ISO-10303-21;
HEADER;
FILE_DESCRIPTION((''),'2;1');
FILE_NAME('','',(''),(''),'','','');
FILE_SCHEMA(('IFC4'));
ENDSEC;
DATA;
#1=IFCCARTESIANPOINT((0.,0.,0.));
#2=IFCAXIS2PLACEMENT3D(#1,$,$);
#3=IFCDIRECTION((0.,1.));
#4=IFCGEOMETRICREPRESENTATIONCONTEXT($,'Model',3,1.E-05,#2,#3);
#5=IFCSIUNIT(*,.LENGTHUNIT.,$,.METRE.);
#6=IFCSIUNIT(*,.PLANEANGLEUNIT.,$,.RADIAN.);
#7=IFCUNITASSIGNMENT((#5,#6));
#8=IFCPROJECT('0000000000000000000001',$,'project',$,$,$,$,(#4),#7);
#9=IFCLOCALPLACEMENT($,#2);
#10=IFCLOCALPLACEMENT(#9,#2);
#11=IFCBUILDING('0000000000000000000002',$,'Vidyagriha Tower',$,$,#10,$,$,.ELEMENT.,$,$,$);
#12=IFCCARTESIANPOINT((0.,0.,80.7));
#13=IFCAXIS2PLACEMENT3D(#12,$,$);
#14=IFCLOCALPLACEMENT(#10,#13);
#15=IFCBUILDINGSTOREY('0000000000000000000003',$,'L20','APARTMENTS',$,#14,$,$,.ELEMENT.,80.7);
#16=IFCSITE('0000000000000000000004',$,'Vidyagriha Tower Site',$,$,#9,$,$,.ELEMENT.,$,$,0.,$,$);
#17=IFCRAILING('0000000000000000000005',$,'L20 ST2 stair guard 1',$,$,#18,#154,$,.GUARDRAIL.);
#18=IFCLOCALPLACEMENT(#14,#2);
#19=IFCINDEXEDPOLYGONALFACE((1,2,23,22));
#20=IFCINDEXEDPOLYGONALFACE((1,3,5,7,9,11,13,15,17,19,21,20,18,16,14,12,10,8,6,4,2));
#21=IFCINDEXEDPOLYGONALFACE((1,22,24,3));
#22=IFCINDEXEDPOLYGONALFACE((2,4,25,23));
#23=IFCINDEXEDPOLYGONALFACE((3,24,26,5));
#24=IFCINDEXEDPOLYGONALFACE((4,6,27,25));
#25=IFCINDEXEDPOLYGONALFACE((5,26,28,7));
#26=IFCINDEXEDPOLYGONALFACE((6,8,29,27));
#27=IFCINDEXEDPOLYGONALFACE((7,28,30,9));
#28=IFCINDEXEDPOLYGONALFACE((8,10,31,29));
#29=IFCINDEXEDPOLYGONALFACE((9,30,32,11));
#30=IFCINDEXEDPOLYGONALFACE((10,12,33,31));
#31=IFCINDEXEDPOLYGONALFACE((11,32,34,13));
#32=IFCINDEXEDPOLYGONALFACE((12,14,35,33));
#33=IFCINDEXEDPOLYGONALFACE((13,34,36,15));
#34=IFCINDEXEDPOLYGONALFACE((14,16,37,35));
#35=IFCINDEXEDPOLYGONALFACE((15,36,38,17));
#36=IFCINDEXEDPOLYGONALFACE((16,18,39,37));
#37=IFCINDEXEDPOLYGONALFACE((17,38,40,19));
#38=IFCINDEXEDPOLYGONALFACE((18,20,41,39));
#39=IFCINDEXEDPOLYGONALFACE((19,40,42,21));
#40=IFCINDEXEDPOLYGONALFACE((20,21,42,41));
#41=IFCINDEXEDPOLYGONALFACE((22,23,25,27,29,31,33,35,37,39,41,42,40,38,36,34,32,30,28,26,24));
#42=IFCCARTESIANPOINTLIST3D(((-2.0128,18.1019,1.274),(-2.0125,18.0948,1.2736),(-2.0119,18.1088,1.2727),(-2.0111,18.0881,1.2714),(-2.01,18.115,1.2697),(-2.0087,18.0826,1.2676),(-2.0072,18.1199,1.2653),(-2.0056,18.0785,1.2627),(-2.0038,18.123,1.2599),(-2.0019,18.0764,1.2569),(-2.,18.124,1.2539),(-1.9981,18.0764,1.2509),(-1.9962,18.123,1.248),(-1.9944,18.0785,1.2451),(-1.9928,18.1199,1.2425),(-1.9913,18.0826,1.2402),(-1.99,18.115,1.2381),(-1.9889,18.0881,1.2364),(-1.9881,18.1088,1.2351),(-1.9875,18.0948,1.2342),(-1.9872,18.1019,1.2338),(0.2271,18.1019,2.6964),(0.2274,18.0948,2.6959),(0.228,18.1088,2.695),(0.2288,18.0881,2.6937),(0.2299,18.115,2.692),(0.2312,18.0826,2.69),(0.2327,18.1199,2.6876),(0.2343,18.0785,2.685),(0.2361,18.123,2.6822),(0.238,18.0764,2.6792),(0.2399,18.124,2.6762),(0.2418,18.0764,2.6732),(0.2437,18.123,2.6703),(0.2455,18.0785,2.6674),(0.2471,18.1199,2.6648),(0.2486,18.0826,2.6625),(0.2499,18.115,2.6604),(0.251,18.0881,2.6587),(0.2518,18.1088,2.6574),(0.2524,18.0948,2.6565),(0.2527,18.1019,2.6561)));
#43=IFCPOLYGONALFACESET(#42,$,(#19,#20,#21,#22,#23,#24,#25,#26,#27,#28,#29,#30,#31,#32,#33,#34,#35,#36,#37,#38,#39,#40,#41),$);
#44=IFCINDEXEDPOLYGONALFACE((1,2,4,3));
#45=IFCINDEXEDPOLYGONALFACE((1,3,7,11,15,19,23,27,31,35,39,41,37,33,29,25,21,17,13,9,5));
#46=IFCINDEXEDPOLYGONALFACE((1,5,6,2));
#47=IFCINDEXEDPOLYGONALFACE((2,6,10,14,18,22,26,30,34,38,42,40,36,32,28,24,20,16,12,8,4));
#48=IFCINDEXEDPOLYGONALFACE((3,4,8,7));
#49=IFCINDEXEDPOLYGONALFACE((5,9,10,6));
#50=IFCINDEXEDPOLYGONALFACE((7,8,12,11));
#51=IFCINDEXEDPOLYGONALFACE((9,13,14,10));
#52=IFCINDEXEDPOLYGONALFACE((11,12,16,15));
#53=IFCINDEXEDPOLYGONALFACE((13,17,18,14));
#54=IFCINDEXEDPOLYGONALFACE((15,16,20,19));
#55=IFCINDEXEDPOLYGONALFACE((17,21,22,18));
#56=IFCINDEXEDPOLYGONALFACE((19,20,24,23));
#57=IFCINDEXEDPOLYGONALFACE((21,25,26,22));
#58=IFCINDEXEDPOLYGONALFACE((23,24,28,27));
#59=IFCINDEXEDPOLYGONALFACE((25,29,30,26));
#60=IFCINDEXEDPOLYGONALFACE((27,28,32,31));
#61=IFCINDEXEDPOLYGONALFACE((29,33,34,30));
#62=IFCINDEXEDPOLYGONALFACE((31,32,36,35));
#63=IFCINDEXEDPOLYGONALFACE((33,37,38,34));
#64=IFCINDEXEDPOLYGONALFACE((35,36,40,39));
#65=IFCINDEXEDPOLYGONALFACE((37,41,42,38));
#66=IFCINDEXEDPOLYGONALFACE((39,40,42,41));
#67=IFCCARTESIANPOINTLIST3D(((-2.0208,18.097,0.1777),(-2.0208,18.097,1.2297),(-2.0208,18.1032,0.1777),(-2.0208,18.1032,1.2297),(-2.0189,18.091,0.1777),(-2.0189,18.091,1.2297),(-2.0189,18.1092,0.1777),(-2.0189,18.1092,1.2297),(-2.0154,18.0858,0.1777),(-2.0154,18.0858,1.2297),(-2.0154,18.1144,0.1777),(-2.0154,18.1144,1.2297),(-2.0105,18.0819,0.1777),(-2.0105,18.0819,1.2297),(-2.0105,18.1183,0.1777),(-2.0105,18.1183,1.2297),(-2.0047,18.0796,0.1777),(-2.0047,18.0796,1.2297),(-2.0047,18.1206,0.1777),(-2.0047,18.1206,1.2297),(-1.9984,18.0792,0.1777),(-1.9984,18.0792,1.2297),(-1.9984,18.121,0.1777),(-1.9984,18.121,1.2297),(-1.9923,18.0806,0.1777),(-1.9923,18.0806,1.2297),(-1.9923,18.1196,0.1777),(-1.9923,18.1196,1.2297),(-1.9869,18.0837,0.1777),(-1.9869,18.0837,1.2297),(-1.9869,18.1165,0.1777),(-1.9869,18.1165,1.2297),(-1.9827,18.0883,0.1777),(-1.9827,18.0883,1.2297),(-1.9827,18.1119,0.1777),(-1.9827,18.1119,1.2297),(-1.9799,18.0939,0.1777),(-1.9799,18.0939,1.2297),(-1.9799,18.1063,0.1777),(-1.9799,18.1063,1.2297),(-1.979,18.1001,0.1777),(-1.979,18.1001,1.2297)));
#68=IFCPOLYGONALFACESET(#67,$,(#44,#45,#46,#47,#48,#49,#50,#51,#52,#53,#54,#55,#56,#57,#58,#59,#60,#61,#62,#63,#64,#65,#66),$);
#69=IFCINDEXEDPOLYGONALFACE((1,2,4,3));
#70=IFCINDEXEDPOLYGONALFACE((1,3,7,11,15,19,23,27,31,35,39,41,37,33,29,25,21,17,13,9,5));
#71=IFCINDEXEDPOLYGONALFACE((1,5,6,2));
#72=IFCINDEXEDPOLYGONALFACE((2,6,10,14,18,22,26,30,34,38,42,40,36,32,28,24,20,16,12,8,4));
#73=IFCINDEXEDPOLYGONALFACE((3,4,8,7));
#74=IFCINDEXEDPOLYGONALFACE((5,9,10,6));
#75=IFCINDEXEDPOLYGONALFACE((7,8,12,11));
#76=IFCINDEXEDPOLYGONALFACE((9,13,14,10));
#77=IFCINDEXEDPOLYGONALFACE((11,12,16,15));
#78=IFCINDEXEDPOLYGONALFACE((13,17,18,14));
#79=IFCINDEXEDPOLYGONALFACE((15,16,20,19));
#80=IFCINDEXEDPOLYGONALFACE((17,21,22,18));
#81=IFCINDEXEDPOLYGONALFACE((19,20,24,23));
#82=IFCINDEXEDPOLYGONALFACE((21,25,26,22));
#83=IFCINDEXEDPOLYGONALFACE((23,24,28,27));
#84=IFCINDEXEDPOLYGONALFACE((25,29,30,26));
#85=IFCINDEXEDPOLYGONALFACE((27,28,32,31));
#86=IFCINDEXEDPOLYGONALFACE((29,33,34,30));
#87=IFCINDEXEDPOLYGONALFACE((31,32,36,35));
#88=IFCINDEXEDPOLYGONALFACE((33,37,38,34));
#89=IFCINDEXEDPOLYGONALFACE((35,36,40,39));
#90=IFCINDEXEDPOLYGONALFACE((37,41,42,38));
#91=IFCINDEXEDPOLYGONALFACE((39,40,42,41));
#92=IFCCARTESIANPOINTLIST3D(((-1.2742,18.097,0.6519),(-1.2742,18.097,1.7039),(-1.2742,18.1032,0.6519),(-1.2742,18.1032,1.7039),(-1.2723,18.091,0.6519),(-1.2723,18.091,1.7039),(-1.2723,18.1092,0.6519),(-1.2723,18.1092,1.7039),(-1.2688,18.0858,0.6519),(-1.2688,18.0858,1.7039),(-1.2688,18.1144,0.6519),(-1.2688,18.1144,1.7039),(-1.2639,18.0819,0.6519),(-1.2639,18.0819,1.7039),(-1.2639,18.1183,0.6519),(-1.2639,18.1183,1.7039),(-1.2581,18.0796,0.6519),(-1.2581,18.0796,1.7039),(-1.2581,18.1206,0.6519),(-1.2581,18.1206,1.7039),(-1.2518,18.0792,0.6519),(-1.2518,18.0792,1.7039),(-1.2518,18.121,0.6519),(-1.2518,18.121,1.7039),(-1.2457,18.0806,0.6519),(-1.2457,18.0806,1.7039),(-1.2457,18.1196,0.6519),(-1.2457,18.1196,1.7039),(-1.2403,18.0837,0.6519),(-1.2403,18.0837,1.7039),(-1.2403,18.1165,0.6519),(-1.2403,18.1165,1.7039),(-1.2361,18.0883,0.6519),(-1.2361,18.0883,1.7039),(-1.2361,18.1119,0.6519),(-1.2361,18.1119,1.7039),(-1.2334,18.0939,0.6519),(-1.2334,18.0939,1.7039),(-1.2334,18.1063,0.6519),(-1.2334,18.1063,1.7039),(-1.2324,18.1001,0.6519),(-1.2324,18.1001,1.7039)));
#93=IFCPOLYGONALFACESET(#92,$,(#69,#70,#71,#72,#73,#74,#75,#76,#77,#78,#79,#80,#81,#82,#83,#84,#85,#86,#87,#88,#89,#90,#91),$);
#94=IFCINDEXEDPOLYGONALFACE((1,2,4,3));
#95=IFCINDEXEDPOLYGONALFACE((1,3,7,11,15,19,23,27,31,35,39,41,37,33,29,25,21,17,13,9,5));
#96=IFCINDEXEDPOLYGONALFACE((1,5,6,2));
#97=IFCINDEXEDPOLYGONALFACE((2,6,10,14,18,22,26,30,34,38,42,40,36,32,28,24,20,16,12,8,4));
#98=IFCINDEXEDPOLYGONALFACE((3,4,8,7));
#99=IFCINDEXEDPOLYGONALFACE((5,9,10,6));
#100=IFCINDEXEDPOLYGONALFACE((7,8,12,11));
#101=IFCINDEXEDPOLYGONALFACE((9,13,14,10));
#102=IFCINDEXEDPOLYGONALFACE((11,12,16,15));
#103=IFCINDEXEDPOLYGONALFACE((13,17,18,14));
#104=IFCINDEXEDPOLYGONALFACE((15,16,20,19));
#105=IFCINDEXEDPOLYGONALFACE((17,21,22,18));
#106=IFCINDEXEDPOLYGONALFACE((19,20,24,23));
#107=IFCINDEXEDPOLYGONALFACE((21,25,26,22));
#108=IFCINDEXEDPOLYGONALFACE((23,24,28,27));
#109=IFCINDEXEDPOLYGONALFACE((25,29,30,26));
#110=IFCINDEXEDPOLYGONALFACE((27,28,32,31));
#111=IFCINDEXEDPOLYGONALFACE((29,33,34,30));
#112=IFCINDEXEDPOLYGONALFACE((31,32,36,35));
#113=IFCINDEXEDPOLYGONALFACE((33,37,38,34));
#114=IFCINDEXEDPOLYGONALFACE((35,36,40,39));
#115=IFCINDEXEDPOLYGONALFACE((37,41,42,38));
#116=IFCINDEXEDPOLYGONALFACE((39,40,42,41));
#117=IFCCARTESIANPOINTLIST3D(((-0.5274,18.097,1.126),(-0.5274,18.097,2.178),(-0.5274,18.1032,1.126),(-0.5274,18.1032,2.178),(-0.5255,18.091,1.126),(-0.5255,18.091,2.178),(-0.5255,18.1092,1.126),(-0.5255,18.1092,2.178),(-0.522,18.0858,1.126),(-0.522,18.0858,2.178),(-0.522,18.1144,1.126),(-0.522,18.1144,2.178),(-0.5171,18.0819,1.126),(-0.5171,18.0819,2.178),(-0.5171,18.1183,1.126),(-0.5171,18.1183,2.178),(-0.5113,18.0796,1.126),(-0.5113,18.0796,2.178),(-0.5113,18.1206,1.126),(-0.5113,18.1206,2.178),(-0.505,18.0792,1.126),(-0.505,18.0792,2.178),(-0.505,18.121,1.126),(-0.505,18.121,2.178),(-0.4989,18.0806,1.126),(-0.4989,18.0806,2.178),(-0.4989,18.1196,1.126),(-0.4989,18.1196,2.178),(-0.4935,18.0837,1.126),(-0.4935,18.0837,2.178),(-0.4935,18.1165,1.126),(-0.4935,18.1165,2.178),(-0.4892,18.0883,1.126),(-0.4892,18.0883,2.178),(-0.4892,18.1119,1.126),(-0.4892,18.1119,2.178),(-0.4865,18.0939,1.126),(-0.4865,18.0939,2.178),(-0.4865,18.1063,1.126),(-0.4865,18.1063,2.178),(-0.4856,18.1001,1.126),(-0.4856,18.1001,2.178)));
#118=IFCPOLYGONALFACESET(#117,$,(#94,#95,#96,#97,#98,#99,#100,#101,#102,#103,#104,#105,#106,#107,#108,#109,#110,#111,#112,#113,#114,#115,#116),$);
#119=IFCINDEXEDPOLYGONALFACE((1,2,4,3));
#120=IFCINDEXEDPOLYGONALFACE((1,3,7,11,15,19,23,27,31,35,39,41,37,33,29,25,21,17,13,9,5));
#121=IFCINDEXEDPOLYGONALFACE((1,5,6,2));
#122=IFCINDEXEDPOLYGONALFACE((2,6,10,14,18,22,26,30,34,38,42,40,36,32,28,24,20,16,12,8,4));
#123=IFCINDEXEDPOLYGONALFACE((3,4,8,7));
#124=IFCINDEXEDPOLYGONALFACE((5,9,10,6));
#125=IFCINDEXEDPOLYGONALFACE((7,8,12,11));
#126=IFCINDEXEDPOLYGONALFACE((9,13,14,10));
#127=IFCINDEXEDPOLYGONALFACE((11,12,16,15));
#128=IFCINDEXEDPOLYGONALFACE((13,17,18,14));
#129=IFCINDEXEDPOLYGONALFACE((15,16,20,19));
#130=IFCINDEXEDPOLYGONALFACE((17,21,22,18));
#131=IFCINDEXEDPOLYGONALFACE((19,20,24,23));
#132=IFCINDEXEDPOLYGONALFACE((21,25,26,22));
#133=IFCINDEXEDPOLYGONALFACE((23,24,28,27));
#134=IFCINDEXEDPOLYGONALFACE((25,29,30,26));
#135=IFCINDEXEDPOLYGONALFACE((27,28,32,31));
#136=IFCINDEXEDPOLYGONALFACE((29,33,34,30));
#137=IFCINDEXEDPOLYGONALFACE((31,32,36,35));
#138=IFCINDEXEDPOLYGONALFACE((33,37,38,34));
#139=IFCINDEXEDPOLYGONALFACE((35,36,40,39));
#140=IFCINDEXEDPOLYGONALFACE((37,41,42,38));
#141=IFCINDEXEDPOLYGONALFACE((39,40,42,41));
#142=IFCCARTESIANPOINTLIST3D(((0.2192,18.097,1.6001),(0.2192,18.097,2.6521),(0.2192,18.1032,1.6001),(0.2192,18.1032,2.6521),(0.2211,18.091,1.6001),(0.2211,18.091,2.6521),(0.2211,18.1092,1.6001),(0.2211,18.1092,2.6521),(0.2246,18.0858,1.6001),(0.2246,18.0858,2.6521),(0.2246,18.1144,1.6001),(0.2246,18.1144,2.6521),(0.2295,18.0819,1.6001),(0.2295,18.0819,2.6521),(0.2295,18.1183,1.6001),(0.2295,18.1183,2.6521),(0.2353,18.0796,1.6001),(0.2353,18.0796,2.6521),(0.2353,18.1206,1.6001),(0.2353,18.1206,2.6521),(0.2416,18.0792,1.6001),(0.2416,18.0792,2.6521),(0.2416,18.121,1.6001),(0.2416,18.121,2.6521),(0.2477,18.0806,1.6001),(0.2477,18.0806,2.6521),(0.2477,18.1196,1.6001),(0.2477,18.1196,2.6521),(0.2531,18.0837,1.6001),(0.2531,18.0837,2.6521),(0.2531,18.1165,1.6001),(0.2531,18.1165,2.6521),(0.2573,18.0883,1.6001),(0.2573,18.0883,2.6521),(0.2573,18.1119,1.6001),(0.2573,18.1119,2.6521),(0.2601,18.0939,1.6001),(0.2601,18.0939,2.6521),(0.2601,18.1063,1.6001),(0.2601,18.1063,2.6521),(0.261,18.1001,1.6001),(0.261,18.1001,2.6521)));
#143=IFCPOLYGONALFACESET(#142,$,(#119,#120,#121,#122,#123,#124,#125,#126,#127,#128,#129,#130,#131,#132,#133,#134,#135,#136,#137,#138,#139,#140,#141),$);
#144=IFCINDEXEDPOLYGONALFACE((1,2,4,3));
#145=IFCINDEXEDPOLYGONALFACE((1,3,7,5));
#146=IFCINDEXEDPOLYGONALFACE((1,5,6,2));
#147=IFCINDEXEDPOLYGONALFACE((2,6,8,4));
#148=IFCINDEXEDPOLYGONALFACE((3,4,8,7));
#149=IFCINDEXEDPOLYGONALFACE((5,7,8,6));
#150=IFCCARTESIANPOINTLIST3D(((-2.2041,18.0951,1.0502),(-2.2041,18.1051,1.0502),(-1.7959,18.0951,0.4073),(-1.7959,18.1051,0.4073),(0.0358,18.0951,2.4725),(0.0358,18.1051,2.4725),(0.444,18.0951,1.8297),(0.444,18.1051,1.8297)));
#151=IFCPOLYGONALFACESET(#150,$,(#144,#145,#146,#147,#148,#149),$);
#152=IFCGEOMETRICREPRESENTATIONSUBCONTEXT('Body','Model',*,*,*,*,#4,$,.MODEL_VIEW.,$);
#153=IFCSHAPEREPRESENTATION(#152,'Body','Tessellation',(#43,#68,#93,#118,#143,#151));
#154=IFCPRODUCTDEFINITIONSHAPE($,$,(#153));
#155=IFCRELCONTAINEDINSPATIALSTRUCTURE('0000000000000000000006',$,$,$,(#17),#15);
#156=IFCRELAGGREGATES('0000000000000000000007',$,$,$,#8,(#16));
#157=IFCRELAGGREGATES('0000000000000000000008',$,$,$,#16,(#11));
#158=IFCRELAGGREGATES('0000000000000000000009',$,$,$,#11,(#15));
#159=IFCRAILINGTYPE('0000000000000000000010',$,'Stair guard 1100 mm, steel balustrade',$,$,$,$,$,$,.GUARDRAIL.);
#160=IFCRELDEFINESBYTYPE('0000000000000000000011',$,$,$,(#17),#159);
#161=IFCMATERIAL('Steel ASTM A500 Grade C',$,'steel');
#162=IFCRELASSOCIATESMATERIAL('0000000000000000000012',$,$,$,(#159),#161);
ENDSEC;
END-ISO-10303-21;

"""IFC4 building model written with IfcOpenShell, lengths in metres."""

from ifc_helpers import new_model, si_unit, direction, frame, origin, origin_2d, place, context, subcontext, project, spatial, rectangle, circle, extrude, material, type_object, element, save


model = new_model("IFC4")

# Units and contexts
model_context = context("Model", 3, precision=1e-05, world=origin(), true_north=direction((0.0, 1.0)))
body_context = subcontext(model_context, "Body", "Model", "MODEL_VIEW")
ifc_project = project(units=[si_unit("LENGTHUNIT", "METRE"), si_unit("PLANEANGLEUNIT", "RADIAN")], contexts=[model_context])

# Site, building, storey
site_placement = place(None, origin())
site = spatial("IfcSite", under=ifc_project, at=site_placement, Name="Vidyagriha Tower Site", CompositionType="ELEMENT", RefElevation=0.0)
building_placement = place(site_placement, origin())
building = spatial("IfcBuilding", under=site, at=building_placement, Name="Vidyagriha Tower", CompositionType="ELEMENT")
storey_placement = place(building_placement, frame((0.0, 0.0, 80.7)))
storey = spatial("IfcBuildingStorey", under=building, at=storey_placement, Name="L20", Description="APARTMENTS", CompositionType="ELEMENT", Elevation=80.7)

# Railing
ifc_material_1 = material(Name="Steel ASTM A500 Grade C", Category="steel")
railing_type_1 = type_object("IfcRailingType", Name="Stair guard 1100 mm, steel balustrade", PredefinedType="GUARDRAIL", material=ifc_material_1)
railing_1_placement = place(storey_placement, frame((-2.0, 18.1001, 0.1777)))
element("IfcRailing", 1, at=railing_1_placement, inside=storey, type_object=railing_type_1, Name="L20 ST2 stair guard 1", PredefinedType="GUARDRAIL", context=body_context, shape_type="SweptSolid", body=[
    extrude(circle(Radius=0.0239, at=origin_2d()), frame((0.0, 0.0, 1.0762), z_axis=(0.844188, 0.0, 0.536048), x_axis=(0.0, 1.0, 0.0)), (0.0, 0.0, 1.0), 2.6533),
    extrude(circle(Radius=0.021, at=origin_2d()), origin(), (0.0, 0.0, 1.0), 1.052),
    extrude(circle(Radius=0.021, at=origin_2d()), frame((0.7466, 0.0, 0.4741)), (0.0, 0.0, 1.0), 1.052),
    extrude(circle(Radius=0.021, at=origin_2d()), frame((1.4934, 0.0, 0.9482)), (0.0, 0.0, 1.0), 1.052),
    extrude(circle(Radius=0.021, at=origin_2d()), frame((2.24, 0.0, 1.4224)), (0.0, 0.0, 1.0), 1.052),
    extrude(rectangle(XDim=0.01, YDim=0.7615, at=origin_2d()), frame((0.0, 0.0, 0.551), z_axis=(0.844188, 0.0, 0.536048), x_axis=(0.0, 1.0, 0.0)), (0.0, 0.0, 1.0), 2.6533),
])

save(model, "model.ifc")
